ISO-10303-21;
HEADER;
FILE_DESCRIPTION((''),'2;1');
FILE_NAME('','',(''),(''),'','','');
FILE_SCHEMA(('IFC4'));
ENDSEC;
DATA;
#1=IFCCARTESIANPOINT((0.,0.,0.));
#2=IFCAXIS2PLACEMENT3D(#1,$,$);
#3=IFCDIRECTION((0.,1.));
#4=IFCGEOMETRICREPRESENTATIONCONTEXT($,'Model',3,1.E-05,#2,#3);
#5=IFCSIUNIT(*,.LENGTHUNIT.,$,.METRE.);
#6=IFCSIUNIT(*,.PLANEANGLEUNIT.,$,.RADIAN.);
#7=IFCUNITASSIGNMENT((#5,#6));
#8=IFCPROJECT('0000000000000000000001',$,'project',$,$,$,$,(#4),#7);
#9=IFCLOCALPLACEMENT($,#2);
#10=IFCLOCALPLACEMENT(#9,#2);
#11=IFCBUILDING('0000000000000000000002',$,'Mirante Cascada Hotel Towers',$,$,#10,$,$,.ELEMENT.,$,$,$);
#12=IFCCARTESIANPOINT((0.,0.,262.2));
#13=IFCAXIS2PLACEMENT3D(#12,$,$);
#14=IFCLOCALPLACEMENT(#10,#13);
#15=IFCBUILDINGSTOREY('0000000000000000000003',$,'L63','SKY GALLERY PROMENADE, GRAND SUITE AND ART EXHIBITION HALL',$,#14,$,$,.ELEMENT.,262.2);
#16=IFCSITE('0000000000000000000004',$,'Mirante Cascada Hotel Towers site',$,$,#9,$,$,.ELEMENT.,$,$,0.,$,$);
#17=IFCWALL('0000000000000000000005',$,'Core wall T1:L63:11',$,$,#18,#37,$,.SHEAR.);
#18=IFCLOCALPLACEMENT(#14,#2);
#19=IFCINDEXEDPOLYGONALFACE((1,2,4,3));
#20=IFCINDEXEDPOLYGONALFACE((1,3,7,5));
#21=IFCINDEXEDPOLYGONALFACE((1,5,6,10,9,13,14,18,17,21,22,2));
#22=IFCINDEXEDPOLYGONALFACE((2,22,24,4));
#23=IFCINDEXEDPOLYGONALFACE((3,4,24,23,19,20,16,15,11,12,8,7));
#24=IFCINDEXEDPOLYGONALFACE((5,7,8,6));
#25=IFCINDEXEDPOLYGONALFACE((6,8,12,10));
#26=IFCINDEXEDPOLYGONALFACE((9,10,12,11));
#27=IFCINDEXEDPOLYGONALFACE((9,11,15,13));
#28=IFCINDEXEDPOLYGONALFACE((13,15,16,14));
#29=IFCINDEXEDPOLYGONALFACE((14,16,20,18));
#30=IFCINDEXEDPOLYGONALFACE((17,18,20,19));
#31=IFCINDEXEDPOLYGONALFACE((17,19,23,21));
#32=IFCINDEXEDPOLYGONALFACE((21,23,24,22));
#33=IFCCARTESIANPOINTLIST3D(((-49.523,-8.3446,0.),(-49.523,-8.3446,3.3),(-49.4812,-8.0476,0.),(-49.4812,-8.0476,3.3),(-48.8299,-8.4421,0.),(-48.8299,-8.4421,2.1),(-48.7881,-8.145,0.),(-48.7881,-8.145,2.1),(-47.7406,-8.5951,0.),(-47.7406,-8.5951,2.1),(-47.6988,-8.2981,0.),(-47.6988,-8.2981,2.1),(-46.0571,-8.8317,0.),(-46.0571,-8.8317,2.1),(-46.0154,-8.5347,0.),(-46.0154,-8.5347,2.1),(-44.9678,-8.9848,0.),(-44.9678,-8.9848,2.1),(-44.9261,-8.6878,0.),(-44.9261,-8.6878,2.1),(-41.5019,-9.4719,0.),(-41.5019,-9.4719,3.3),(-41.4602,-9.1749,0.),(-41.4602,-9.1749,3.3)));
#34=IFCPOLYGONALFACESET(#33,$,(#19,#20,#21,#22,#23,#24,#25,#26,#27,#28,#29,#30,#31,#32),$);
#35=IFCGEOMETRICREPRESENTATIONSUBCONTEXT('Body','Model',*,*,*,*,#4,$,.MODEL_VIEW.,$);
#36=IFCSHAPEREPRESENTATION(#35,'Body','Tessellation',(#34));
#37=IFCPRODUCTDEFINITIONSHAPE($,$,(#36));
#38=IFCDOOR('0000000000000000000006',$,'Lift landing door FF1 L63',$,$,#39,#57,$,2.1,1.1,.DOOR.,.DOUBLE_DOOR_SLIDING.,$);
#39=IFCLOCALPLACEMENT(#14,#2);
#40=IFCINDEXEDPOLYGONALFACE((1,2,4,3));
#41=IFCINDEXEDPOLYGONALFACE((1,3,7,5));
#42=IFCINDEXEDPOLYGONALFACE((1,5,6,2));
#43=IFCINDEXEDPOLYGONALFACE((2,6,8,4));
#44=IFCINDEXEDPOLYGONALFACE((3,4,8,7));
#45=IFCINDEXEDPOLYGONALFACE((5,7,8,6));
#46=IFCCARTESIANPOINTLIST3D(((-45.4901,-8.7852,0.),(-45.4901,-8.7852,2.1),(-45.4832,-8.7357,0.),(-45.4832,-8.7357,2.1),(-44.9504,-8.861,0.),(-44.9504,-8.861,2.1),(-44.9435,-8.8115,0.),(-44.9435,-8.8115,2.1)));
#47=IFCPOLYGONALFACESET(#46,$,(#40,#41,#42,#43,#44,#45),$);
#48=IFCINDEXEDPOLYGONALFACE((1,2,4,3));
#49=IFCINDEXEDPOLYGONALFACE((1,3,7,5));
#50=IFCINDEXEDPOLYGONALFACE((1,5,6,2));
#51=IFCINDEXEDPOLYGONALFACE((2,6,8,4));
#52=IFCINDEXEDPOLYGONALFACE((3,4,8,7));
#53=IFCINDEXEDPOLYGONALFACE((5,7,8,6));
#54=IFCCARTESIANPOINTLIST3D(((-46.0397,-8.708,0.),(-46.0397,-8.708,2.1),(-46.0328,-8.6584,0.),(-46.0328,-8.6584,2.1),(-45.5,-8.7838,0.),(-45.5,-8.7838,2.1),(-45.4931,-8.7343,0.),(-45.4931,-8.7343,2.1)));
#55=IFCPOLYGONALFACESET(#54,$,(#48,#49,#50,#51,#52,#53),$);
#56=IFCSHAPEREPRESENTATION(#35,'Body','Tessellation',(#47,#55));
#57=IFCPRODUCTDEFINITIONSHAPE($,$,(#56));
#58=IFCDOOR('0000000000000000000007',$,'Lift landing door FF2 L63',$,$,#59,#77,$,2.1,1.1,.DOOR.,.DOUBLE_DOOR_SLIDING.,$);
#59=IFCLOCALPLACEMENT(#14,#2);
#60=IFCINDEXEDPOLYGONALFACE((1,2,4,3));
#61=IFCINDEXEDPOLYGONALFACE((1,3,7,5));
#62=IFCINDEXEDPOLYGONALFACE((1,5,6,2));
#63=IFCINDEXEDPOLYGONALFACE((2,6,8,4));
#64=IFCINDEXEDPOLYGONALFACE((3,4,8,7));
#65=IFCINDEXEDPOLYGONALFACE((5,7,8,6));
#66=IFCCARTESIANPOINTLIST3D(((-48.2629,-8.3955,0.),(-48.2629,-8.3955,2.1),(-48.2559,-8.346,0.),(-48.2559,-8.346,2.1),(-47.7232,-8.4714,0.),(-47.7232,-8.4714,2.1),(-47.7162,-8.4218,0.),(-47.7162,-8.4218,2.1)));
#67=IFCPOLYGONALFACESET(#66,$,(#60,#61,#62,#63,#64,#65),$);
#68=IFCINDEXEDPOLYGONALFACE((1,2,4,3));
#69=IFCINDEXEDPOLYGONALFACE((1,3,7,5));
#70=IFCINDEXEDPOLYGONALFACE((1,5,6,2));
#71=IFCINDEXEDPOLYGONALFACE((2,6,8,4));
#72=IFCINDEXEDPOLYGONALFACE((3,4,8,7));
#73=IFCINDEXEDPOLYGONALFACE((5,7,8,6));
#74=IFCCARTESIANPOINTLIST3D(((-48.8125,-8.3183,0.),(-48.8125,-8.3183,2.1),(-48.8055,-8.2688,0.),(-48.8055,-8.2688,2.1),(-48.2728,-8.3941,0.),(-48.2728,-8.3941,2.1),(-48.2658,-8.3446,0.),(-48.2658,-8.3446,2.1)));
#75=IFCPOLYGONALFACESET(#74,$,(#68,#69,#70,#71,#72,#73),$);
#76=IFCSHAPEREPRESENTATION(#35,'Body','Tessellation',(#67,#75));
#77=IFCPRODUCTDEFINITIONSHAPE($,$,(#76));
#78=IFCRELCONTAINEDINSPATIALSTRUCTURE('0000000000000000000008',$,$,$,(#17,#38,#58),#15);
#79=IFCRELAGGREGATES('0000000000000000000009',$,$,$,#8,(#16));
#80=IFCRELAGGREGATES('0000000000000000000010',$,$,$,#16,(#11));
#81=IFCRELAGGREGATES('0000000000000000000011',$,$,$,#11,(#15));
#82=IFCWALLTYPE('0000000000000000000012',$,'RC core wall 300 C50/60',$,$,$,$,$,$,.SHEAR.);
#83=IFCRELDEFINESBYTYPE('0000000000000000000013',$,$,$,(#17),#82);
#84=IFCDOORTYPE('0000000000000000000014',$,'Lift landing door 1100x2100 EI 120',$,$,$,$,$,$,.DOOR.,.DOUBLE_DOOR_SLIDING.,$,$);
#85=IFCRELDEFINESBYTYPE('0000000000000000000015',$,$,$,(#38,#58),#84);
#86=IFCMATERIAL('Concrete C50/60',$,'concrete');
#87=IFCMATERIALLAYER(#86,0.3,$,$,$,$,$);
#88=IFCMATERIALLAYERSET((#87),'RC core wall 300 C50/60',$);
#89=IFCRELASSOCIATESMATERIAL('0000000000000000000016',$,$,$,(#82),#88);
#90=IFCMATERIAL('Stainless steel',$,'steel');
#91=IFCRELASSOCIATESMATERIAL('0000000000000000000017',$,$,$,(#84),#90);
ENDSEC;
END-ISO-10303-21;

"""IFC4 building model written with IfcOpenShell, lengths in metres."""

from ifc_helpers import new_model, si_unit, direction, frame, frame_2d, origin, place, context, subcontext, project, spatial, rectangle, extrude, material, layer, layer_set, type_object, element, fill, save


model = new_model("IFC4")

# Units and contexts
model_context = context("Model", 3, precision=1e-05, world=origin(), true_north=direction((0.0, 1.0)))
body_context = subcontext(model_context, "Body", "Model", "MODEL_VIEW")
ifc_project = project(units=[si_unit("LENGTHUNIT", "METRE"), si_unit("PLANEANGLEUNIT", "RADIAN")], contexts=[model_context])

# Site, building, storey
site_placement = place(None, origin())
site = spatial("IfcSite", under=ifc_project, at=site_placement, Name="Mirante Cascada Hotel Towers site", CompositionType="ELEMENT", RefElevation=0.0)
building_placement = place(site_placement, origin())
building = spatial("IfcBuilding", under=site, at=building_placement, Name="Mirante Cascada Hotel Towers", CompositionType="ELEMENT")
storey_placement = place(building_placement, frame((0.0, 0.0, 262.2)))
storey = spatial("IfcBuildingStorey", under=building, at=storey_placement, Name="L63", Description="SKY GALLERY PROMENADE, GRAND SUITE AND ART EXHIBITION HALL", CompositionType="ELEMENT", Elevation=262.2)

# Shared definitions
ifc_material_1 = material(Name="Concrete C50/60", Category="concrete")
ifc_layer_1 = layer(ifc_material_1, 0.3)
ifc_layer_set_1 = layer_set([ifc_layer_1], Name="RC core wall 300 C50/60")
wall_type_1 = type_object("IfcWallType", Name="RC core wall 300 C50/60", PredefinedType="SHEAR", material=ifc_layer_set_1)

# Wall, openings, doors
wall_1_placement = place(storey_placement, frame((-41.481, -9.3234, 0.0), z_axis=(0.0, 0.0, 1.0), x_axis=(-0.990268, 0.139174, 0.0)))
wall_1 = element("IfcWall", 1, at=wall_1_placement, inside=storey, type_object=wall_type_1, Name="Core wall T1:L63:11", PredefinedType="SHEAR", context=body_context, shape_type="SweptSolid", body=[
    extrude(rectangle(XDim=8.0999, YDim=0.3, at=frame_2d((4.05, 0.0))), origin(), (0.0, 0.0, 1.0), 3.3),
])
opening_1_placement = place(wall_1_placement, frame((3.5, 0.0, 0.0)))
opening_1 = element("IfcOpeningElement", 2, at=opening_1_placement, cuts=wall_1, PredefinedType="OPENING", context=body_context, shape_type="SweptSolid", body=[
    extrude(rectangle(XDim=1.1, YDim=2.1, at=frame_2d((0.55, 1.05))), frame((0.0, 0.15, 0.0), z_axis=(0.0, -1.0, 0.0), x_axis=(1.0, 0.0, 0.0)), (0.0, 0.0, 1.0), 0.3),
])
opening_2_placement = place(wall_1_placement, frame((6.3, 0.0, 0.0)))
opening_2 = element("IfcOpeningElement", 3, at=opening_2_placement, cuts=wall_1, PredefinedType="OPENING", context=body_context, shape_type="SweptSolid", body=[
    extrude(rectangle(XDim=1.1, YDim=2.1, at=frame_2d((0.55, 1.05))), frame((0.0, 0.15, 0.0), z_axis=(0.0, -1.0, 0.0), x_axis=(1.0, 0.0, 0.0)), (0.0, 0.0, 1.0), 0.3),
])
ifc_material_2 = material(Name="Stainless steel", Category="steel")
door_type_1 = type_object("IfcDoorType", Name="Lift landing door 1100x2100 EI 120", OperationType="DOUBLE_DOOR_SLIDING", PredefinedType="DOOR", material=ifc_material_2)
door_1_placement = place(opening_1_placement, origin())
door_1 = element("IfcDoor", 4, at=door_1_placement, inside=storey, type_object=door_type_1, Name="Lift landing door FF1 L63", OperationType="DOUBLE_DOOR_SLIDING", OverallHeight=2.1, OverallWidth=1.1, PredefinedType="DOOR", context=body_context, shape_type="SweptSolid", body=[
    extrude(rectangle(XDim=0.545, YDim=2.1, at=frame_2d((0.2725, 1.05))), frame((0.0, 0.025, 0.0), z_axis=(0.0, -1.0, 0.0), x_axis=(1.0, 0.0, 0.0)), (0.0, 0.0, 1.0), 0.05),
    extrude(rectangle(XDim=0.545, YDim=2.1, at=frame_2d((0.8275, 1.05))), frame((0.0, 0.025, 0.0), z_axis=(0.0, -1.0, 0.0), x_axis=(1.0, 0.0, 0.0)), (0.0, 0.0, 1.0), 0.05),
])
fill(opening_1, door_1)
door_2_placement = place(opening_2_placement, origin())
door_2 = element("IfcDoor", 5, at=door_2_placement, inside=storey, type_object=door_type_1, Name="Lift landing door FF2 L63", OperationType="DOUBLE_DOOR_SLIDING", OverallHeight=2.1, OverallWidth=1.1, PredefinedType="DOOR", context=body_context, shape_type="SweptSolid", body=[
    extrude(rectangle(XDim=0.545, YDim=2.1, at=frame_2d((0.2725, 1.05))), frame((0.0, 0.025, 0.0), z_axis=(0.0, -1.0, 0.0), x_axis=(1.0, 0.0, 0.0)), (0.0, 0.0, 1.0), 0.05),
    extrude(rectangle(XDim=0.545, YDim=2.1, at=frame_2d((0.8275, 1.05))), frame((0.0, 0.025, 0.0), z_axis=(0.0, -1.0, 0.0), x_axis=(1.0, 0.0, 0.0)), (0.0, 0.0, 1.0), 0.05),
])
fill(opening_2, door_2)

save(model, "model.ifc")
